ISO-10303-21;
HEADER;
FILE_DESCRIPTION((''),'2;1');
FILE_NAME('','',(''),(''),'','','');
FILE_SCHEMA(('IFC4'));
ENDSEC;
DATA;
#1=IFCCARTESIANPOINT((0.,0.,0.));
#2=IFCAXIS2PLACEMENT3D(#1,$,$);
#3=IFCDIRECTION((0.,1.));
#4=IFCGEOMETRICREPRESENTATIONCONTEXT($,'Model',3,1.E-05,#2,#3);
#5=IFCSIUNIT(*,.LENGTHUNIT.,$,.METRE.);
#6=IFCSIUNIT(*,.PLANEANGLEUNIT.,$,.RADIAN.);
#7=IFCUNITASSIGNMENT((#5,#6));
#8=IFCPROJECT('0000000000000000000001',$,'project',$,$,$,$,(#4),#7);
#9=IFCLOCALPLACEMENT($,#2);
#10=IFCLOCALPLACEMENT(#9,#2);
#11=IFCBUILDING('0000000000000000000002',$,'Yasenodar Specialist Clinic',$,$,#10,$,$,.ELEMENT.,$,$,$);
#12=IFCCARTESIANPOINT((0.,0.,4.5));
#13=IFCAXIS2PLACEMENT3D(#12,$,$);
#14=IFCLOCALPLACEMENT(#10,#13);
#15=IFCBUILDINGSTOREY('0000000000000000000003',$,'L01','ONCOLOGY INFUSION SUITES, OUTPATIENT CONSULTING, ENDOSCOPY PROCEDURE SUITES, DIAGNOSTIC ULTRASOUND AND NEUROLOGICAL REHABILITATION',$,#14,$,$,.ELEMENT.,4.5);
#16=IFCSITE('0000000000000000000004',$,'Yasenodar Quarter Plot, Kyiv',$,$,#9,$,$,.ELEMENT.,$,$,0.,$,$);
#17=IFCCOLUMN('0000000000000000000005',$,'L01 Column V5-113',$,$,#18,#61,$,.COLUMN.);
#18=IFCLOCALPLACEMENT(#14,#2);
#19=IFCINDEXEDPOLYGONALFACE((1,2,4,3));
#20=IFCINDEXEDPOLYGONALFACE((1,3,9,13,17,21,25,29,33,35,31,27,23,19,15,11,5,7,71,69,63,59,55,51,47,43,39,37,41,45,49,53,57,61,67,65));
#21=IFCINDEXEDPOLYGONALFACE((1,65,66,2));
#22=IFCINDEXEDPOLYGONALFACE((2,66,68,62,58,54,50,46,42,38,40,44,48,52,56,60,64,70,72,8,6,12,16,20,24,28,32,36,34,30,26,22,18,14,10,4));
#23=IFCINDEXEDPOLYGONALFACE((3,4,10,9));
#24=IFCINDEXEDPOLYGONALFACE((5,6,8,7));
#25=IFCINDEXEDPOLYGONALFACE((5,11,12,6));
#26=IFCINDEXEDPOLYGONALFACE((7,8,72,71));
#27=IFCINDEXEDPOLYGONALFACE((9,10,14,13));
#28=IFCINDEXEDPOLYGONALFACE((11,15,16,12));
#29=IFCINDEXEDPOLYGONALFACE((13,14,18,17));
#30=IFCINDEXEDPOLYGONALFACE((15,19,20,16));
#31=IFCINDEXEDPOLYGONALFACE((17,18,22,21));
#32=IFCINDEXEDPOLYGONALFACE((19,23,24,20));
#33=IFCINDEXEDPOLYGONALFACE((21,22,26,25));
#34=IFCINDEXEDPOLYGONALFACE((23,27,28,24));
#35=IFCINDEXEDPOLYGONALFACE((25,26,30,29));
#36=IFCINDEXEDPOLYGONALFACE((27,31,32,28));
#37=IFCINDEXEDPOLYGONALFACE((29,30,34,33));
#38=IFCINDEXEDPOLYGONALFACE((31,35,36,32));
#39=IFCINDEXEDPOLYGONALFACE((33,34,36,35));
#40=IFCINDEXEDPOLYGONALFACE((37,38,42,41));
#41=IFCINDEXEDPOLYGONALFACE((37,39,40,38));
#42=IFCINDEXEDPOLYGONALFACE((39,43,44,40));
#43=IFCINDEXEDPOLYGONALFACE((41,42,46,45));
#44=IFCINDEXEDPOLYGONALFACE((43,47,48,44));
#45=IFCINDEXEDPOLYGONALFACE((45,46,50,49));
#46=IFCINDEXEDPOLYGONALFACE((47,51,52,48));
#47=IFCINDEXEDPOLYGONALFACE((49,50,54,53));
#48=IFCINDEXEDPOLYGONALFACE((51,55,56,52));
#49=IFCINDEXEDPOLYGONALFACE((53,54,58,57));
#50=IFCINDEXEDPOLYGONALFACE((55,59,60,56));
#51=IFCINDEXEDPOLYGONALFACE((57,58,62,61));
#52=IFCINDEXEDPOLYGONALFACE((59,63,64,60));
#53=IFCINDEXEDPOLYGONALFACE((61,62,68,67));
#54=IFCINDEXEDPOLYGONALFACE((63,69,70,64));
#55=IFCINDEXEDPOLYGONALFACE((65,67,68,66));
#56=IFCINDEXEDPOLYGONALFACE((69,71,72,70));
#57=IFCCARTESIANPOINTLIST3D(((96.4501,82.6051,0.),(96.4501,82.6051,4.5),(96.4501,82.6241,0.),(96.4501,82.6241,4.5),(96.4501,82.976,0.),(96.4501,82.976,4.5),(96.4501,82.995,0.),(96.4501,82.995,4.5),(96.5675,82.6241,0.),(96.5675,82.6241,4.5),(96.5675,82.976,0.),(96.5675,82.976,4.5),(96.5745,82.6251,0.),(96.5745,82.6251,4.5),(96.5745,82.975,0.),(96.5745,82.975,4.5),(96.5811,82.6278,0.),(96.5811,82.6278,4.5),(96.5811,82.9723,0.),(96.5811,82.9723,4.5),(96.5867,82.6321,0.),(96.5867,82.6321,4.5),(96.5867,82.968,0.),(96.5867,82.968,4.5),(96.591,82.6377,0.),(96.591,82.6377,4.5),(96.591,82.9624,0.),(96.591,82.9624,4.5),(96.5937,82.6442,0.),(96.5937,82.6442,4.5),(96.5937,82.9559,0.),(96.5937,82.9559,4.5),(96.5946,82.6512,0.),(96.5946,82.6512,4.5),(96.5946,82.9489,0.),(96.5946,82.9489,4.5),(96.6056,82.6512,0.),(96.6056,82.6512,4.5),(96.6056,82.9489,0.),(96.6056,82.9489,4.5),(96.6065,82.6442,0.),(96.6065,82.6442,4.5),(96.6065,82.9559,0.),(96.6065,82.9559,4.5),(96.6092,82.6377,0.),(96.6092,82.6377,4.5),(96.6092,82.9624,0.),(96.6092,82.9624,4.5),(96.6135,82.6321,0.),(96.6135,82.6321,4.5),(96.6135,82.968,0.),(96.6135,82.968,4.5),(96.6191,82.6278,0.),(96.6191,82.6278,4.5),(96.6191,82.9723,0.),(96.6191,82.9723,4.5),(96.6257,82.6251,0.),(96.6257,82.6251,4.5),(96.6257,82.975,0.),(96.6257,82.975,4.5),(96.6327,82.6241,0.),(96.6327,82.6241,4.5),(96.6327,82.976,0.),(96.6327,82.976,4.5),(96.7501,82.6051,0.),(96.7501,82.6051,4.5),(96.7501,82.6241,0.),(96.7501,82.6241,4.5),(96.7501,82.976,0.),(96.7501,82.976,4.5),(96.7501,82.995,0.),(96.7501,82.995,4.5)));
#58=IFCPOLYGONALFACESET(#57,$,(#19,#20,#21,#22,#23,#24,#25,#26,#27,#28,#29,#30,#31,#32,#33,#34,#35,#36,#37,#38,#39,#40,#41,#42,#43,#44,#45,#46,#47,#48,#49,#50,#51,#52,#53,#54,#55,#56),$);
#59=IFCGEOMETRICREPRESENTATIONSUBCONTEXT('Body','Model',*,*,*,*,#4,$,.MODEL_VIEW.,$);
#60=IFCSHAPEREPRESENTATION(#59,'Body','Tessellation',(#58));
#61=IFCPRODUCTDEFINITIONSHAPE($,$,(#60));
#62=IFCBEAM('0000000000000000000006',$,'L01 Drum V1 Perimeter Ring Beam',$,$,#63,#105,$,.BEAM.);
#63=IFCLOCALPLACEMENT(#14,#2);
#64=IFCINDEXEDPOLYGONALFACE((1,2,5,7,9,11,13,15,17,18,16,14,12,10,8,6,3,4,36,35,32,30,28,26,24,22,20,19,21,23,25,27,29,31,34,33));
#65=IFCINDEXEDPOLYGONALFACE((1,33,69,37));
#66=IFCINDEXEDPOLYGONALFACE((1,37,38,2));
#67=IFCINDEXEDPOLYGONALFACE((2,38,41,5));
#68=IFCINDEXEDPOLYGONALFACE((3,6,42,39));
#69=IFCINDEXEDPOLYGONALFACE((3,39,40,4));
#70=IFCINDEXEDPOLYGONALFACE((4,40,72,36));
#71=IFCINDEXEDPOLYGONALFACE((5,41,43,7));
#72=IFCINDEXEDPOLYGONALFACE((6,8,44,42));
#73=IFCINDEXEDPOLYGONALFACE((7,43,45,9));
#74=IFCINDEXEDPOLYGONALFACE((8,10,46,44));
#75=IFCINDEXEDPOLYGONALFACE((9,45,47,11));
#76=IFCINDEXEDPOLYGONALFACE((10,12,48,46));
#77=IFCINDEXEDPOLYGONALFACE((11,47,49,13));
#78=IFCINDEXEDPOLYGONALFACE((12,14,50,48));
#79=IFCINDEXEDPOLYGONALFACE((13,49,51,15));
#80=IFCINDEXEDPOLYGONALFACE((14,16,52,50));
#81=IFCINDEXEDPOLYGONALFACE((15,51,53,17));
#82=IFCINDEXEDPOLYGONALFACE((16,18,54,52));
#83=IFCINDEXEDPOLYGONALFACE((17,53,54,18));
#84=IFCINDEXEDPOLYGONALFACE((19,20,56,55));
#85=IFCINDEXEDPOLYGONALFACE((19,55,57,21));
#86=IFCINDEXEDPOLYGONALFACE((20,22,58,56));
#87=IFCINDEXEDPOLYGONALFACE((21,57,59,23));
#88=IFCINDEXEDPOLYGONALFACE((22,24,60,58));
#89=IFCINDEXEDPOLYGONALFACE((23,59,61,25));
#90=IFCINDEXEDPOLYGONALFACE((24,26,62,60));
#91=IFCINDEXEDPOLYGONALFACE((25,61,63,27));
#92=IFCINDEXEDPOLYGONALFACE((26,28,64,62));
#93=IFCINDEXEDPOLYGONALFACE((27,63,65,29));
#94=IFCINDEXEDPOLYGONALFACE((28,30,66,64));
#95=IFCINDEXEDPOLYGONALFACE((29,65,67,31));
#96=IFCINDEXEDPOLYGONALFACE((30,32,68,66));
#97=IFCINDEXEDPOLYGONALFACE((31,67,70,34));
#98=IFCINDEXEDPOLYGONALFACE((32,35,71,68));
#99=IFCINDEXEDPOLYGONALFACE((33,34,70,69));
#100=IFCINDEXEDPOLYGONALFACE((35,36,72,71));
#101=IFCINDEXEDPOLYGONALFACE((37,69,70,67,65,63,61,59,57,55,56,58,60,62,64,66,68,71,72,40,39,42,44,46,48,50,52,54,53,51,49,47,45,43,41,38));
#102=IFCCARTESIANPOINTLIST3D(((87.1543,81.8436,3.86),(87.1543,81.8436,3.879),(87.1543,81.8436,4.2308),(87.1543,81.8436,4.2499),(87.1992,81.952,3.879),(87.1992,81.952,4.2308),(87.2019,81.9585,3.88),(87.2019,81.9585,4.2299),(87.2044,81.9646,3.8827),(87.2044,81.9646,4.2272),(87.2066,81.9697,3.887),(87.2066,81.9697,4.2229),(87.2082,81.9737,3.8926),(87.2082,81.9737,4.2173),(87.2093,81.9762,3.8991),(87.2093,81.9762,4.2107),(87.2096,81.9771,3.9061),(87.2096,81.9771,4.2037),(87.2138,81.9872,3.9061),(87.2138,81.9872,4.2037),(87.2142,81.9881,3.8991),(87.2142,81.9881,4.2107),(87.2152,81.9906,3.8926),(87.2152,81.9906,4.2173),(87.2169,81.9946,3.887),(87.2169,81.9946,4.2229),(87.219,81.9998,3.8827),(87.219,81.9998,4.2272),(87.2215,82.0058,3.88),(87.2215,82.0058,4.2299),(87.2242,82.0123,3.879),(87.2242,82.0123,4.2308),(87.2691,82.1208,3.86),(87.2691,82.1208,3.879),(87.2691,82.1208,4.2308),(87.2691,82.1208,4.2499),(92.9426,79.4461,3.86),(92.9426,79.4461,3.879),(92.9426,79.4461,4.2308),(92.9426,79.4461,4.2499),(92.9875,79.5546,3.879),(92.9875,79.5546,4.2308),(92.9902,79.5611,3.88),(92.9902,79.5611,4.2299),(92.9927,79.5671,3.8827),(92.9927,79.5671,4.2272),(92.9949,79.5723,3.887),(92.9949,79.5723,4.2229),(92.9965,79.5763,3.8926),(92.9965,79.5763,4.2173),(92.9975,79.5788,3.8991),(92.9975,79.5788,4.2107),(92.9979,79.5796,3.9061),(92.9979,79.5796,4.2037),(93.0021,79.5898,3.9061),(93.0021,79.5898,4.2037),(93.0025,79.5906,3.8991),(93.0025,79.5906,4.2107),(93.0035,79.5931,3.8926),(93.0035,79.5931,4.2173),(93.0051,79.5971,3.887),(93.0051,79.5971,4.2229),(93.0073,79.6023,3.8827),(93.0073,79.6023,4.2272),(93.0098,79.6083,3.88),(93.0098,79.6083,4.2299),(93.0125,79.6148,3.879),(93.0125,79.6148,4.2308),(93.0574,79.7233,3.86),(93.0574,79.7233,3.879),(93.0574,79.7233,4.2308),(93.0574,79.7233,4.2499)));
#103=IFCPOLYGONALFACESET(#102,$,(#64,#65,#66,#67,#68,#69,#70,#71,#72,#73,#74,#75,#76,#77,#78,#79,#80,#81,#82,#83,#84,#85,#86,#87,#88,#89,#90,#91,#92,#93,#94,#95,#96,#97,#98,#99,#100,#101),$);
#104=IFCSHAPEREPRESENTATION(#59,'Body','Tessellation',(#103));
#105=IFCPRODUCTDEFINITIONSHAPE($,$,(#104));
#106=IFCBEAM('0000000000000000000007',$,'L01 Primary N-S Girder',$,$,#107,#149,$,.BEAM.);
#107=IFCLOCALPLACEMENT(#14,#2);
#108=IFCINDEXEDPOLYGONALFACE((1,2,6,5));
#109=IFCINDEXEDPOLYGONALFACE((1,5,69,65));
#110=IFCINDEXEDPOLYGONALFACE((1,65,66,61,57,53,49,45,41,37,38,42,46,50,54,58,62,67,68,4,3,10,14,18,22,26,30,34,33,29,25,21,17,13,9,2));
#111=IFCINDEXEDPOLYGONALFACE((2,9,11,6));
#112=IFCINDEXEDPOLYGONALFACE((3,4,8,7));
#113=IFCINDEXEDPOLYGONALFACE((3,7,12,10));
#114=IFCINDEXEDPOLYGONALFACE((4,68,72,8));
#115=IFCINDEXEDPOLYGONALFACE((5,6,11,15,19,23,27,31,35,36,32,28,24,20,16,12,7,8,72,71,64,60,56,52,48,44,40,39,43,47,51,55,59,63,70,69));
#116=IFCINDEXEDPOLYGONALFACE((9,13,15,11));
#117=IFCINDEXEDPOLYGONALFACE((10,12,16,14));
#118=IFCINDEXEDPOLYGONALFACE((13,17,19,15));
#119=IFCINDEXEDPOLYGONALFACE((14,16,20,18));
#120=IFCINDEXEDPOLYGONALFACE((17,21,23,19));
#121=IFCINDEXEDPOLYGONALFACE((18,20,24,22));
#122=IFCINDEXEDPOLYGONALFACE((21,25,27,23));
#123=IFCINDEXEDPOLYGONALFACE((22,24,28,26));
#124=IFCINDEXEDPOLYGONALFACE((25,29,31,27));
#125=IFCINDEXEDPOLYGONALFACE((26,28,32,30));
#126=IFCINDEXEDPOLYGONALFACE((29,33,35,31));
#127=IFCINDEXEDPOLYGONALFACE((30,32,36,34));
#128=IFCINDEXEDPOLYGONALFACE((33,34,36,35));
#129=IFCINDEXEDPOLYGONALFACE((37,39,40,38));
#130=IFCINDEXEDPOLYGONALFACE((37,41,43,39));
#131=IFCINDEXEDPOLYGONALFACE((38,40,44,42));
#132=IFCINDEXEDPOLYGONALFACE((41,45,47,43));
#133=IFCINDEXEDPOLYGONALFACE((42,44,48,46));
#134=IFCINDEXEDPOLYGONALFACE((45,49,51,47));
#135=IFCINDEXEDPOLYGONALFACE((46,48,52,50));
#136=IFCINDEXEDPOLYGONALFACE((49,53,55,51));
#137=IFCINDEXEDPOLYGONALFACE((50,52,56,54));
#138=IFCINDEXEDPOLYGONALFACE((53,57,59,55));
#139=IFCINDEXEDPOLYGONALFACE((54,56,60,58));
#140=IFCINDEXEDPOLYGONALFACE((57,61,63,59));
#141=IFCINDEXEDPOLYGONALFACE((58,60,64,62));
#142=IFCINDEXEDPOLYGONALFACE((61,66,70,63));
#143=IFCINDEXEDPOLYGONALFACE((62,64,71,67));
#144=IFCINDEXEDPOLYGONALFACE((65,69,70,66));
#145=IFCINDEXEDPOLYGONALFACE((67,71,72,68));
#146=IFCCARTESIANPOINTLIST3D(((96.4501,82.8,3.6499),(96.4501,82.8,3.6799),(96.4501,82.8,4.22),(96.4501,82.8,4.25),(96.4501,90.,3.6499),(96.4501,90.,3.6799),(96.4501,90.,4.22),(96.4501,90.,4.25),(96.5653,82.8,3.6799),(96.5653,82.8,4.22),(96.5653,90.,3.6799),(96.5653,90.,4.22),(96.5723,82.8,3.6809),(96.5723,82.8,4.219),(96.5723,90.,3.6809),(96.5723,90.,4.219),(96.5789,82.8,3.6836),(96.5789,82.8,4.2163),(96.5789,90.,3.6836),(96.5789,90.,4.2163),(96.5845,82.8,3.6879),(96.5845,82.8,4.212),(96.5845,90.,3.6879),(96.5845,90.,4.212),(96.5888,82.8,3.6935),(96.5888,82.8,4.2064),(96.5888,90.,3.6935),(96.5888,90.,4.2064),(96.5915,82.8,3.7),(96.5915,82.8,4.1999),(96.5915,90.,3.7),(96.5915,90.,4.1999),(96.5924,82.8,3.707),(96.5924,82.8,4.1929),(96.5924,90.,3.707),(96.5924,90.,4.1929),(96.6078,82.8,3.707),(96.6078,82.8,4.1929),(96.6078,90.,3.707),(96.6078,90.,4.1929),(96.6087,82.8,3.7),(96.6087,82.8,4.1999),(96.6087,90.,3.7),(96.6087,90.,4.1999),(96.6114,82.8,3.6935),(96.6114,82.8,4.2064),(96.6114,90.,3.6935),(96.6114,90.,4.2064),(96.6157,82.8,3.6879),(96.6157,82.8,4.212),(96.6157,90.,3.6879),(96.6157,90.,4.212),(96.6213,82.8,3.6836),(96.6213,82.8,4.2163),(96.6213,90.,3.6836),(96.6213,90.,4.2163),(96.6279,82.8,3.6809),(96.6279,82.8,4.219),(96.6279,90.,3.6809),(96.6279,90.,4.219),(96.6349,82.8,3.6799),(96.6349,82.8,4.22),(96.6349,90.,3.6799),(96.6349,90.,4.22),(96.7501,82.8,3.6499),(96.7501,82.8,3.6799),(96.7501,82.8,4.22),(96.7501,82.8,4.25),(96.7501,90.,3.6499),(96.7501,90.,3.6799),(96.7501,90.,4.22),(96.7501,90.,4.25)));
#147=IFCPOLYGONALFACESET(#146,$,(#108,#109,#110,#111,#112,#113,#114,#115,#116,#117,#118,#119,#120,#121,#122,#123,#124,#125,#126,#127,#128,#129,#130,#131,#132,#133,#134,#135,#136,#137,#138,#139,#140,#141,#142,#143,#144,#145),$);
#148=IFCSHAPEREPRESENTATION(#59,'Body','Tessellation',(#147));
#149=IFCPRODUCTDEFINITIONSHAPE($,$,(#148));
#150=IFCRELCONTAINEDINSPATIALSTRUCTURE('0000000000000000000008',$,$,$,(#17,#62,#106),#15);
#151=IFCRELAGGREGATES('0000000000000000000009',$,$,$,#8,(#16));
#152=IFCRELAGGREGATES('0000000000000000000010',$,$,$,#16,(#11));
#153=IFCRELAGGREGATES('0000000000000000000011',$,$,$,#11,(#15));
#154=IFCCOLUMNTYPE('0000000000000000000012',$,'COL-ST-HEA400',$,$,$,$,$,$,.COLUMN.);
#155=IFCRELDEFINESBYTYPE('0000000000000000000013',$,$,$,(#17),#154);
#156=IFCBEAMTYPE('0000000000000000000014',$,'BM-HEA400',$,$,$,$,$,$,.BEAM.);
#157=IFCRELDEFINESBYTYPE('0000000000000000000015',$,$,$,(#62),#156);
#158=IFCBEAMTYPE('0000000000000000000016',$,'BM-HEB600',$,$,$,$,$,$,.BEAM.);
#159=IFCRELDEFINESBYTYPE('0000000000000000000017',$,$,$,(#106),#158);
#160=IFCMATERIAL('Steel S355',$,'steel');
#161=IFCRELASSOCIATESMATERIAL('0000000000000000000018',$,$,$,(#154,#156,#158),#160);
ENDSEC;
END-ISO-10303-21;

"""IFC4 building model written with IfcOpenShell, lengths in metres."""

from ifc_helpers import new_model, si_unit, direction, frame, origin, origin_2d, place, context, subcontext, project, spatial, i_section, extrude, material, material_profile, profile_set, type_object, element, save


model = new_model("IFC4")

# Units and contexts
model_context = context("Model", 3, precision=1e-05, world=origin(), true_north=direction((0.0, 1.0)))
body_context = subcontext(model_context, "Body", "Model", "MODEL_VIEW")
ifc_project = project(units=[si_unit("LENGTHUNIT", "METRE"), si_unit("PLANEANGLEUNIT", "RADIAN")], contexts=[model_context])

# Site, building, storey
site_placement = place(None, origin())
site = spatial("IfcSite", under=ifc_project, at=site_placement, Name="Yasenodar Quarter Plot, Kyiv", CompositionType="ELEMENT", RefElevation=0.0)
building_placement = place(site_placement, origin())
building = spatial("IfcBuilding", under=site, at=building_placement, Name="Yasenodar Specialist Clinic", CompositionType="ELEMENT")
storey_placement = place(building_placement, frame((0.0, 0.0, 4.5)))
storey = spatial("IfcBuildingStorey", under=building, at=storey_placement, Name="L01", Description="ONCOLOGY INFUSION SUITES, OUTPATIENT CONSULTING, ENDOSCOPY PROCEDURE SUITES, DIAGNOSTIC ULTRASOUND AND NEUROLOGICAL REHABILITATION", CompositionType="ELEMENT", Elevation=4.5)

# Column
ifc_material_1 = material(Name="Steel S355", Category="steel")
ifc_material_profile_1 = material_profile(ifc_material_1, i_section(OverallWidth=0.3, OverallDepth=0.3899, WebThickness=0.011, FlangeThickness=0.019, FilletRadius=0.0271, at=origin_2d()), Name="HEA 400")
ifc_profile_set_1 = profile_set([ifc_material_profile_1], Name="Steel S355")
column_type = type_object("IfcColumnType", Name="COL-ST-HEA400", PredefinedType="COLUMN", material=ifc_profile_set_1)
column_placement = place(storey_placement, frame((96.6001, 82.8, 0.0), z_axis=(0.0, 0.0, 1.0), x_axis=(1.0, 0.0, 0.0)))
element("IfcColumn", 1, at=column_placement, inside=storey, type_object=column_type, Name="L01 Column V5-113", PredefinedType="COLUMN", context=body_context, shape_type="SweptSolid", body=[
    extrude(i_section(OverallWidth=0.3, OverallDepth=0.3899, WebThickness=0.011, FlangeThickness=0.019, FilletRadius=0.0271, at=origin_2d()), origin(), (0.0, 0.0, 1.0), 4.5),
])

# Beams
ifc_material_profile_2 = material_profile(ifc_material_1, i_section(OverallWidth=0.3, OverallDepth=0.3899, WebThickness=0.011, FlangeThickness=0.019, FilletRadius=0.0271, at=origin_2d()), Name="HEA 400")
ifc_profile_set_2 = profile_set([ifc_material_profile_2], Name="Steel S355")
beam_type_1 = type_object("IfcBeamType", Name="BM-HEA400", PredefinedType="BEAM", material=ifc_profile_set_2)
beam_1_placement = place(storey_placement, frame((93.0, 79.5847, 4.0549), z_axis=(-0.923888, 0.382664, 0.0), x_axis=(-0.382664, -0.923888, 0.0)))
element("IfcBeam", 2, at=beam_1_placement, inside=storey, type_object=beam_type_1, Name="L01 Drum V1 Perimeter Ring Beam", PredefinedType="BEAM", context=body_context, shape_type="SweptSolid", body=[
    extrude(i_section(OverallWidth=0.3, OverallDepth=0.3899, WebThickness=0.011, FlangeThickness=0.019, FilletRadius=0.0271, at=origin_2d()), origin(), (0.0, 0.0, 1.0), 6.2651),
])
ifc_material_profile_3 = material_profile(ifc_material_1, i_section(OverallWidth=0.3, OverallDepth=0.6001, WebThickness=0.0154, FlangeThickness=0.03, FilletRadius=0.0271, at=origin_2d()), Name="HEB 600")
ifc_profile_set_3 = profile_set([ifc_material_profile_3], Name="Steel S355")
beam_type_2 = type_object("IfcBeamType", Name="BM-HEB600", PredefinedType="BEAM", material=ifc_profile_set_3)
beam_2_placement = place(storey_placement, frame((96.6001, 82.8, 3.95), z_axis=(0.0, 1.0, 0.0), x_axis=(-1.0, 0.0, 0.0)))
element("IfcBeam", 3, at=beam_2_placement, inside=storey, type_object=beam_type_2, Name="L01 Primary N-S Girder", PredefinedType="BEAM", context=body_context, shape_type="SweptSolid", body=[
    extrude(i_section(OverallWidth=0.3, OverallDepth=0.6001, WebThickness=0.0154, FlangeThickness=0.03, FilletRadius=0.0271, at=origin_2d()), origin(), (0.0, 0.0, 1.0), 7.2),
])

save(model, "model.ifc")
